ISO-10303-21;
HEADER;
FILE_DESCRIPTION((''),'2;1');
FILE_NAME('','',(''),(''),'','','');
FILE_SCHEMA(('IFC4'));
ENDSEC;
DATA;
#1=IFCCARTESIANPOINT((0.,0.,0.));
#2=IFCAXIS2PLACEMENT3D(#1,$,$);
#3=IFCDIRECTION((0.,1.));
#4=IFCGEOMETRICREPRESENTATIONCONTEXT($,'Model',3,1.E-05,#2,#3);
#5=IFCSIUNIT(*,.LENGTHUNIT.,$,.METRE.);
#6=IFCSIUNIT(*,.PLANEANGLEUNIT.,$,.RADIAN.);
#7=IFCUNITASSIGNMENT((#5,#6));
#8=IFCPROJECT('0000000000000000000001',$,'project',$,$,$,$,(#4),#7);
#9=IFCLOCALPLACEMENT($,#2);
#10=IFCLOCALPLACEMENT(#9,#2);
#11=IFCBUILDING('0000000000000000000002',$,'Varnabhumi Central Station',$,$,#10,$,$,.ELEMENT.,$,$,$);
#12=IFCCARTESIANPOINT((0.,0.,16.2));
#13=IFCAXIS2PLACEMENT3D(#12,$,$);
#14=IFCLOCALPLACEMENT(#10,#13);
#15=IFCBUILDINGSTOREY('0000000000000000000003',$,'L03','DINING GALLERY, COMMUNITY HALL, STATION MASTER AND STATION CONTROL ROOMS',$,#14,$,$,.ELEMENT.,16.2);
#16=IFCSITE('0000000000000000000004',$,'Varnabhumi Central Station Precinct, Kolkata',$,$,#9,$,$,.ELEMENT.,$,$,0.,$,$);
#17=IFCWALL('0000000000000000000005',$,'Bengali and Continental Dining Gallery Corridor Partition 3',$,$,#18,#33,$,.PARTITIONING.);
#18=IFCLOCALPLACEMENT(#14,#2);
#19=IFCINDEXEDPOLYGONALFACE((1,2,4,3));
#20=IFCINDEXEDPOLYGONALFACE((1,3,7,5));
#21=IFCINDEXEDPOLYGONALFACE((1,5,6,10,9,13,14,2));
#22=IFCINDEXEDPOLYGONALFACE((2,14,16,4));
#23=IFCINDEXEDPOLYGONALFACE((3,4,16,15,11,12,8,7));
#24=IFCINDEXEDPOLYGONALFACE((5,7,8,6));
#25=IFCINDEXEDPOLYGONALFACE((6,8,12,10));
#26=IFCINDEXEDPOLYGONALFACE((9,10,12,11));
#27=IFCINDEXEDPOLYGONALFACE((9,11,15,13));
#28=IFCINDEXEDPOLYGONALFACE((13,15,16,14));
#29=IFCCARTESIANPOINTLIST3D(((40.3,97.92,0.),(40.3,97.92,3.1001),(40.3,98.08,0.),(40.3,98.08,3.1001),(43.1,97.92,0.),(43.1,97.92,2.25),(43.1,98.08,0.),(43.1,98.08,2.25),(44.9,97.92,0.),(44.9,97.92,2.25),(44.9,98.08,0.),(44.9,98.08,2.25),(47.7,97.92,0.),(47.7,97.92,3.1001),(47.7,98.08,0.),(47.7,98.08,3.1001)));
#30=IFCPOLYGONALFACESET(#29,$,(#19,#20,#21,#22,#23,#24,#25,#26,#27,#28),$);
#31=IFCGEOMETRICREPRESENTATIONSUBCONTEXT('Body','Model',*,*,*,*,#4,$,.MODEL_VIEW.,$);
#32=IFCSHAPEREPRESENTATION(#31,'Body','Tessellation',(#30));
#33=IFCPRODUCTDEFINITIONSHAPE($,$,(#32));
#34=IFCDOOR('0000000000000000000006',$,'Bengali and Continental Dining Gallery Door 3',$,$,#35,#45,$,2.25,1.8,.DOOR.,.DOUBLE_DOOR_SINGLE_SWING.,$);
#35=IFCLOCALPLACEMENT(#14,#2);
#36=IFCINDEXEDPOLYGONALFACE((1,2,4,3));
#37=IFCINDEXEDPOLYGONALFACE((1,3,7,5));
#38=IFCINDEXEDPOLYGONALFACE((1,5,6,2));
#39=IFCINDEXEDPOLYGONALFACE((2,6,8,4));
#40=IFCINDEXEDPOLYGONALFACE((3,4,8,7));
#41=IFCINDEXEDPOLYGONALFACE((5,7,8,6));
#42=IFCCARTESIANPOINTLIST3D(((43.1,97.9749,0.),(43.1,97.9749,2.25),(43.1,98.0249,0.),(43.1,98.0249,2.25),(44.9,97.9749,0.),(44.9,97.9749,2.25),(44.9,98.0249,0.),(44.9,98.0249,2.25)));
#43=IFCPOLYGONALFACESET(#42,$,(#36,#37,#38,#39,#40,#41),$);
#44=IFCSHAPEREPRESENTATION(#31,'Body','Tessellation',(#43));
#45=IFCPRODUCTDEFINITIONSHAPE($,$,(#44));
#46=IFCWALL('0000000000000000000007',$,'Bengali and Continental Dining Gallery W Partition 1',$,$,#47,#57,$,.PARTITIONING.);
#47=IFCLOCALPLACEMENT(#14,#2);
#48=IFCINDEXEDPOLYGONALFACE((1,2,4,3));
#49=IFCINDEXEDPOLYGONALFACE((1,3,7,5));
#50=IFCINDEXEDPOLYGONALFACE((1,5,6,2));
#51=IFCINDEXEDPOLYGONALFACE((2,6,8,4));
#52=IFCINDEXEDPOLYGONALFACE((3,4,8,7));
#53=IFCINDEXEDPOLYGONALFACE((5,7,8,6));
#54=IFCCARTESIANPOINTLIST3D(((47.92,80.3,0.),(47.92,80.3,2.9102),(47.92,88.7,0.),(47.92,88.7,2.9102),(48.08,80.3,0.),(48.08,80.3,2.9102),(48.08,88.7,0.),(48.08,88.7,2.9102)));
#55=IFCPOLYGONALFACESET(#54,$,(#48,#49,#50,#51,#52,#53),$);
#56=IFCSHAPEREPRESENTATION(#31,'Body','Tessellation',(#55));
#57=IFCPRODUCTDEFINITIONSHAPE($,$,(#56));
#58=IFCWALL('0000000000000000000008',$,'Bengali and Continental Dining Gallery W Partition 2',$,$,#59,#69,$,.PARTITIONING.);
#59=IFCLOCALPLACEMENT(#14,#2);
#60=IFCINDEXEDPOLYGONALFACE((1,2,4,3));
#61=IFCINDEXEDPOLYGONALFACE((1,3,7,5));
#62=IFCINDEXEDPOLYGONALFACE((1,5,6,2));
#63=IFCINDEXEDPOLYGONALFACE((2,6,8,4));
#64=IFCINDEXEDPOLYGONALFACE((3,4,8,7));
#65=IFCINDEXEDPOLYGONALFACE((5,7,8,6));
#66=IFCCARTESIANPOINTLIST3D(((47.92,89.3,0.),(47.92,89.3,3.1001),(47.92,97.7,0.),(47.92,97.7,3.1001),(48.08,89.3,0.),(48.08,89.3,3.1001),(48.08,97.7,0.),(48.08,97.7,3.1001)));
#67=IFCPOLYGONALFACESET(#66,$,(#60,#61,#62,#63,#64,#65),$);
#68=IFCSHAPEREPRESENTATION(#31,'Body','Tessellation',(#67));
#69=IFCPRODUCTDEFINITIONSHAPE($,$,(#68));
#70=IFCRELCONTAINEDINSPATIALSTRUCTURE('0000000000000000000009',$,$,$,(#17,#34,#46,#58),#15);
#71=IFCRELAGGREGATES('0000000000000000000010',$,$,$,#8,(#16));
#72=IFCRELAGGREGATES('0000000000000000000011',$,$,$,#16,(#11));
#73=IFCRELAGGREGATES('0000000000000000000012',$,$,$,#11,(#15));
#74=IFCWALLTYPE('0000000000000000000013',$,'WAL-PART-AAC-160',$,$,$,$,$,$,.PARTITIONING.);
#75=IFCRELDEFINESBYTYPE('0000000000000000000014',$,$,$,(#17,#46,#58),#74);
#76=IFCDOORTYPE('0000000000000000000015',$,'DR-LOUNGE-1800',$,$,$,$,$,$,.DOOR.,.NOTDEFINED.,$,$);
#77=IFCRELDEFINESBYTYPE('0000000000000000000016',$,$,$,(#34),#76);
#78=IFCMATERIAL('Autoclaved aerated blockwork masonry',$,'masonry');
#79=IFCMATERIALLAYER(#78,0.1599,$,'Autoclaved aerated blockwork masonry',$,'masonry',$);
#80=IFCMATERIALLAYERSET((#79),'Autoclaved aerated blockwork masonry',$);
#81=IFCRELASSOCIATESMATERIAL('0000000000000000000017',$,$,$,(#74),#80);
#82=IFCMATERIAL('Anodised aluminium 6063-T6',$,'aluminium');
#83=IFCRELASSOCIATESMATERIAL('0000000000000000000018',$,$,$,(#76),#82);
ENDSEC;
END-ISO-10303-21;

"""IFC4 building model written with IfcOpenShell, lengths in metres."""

from ifc_helpers import new_model, si_unit, direction, frame, frame_2d, origin, place, context, subcontext, project, spatial, rectangle, extrude, material, layer, layer_set, type_object, element, fill, save


model = new_model("IFC4")

# Units and contexts
model_context = context("Model", 3, precision=1e-05, world=origin(), true_north=direction((0.0, 1.0)))
body_context = subcontext(model_context, "Body", "Model", "MODEL_VIEW")
ifc_project = project(units=[si_unit("LENGTHUNIT", "METRE"), si_unit("PLANEANGLEUNIT", "RADIAN")], contexts=[model_context])

# Site, building, storey
site_placement = place(None, origin())
site = spatial("IfcSite", under=ifc_project, at=site_placement, Name="Varnabhumi Central Station Precinct, Kolkata", CompositionType="ELEMENT", RefElevation=0.0)
building_placement = place(site_placement, origin())
building = spatial("IfcBuilding", under=site, at=building_placement, Name="Varnabhumi Central Station", CompositionType="ELEMENT")
storey_placement = place(building_placement, frame((0.0, 0.0, 16.2)))
storey = spatial("IfcBuildingStorey", under=building, at=storey_placement, Name="L03", Description="DINING GALLERY, COMMUNITY HALL, STATION MASTER AND STATION CONTROL ROOMS", CompositionType="ELEMENT", Elevation=16.2)

# Shared definitions
ifc_material_1 = material(Name="Anodised aluminium 6063-T6", Category="aluminium")

# Shared definitions
ifc_material_2 = material(Name="Autoclaved aerated blockwork masonry", Category="masonry")

# Wall, opening, door
ifc_layer_1 = layer(ifc_material_2, 0.1599, Name="Autoclaved aerated blockwork masonry", Category="masonry")
ifc_layer_set_1 = layer_set([ifc_layer_1], Name="Autoclaved aerated blockwork masonry")
wall_type_1 = type_object("IfcWallType", Name="WAL-PART-AAC-160", PredefinedType="PARTITIONING", material=ifc_layer_set_1)
wall_1_placement = place(storey_placement, frame((40.3, 98.0, 0.0), z_axis=(0.0, 0.0, 1.0), x_axis=(1.0, 0.0, 0.0)))
wall_1 = element("IfcWall", 1, at=wall_1_placement, inside=storey, type_object=wall_type_1, Name="Bengali and Continental Dining Gallery Corridor Partition 3", PredefinedType="PARTITIONING", context=body_context, shape_type="SweptSolid", body=[
    extrude(rectangle(XDim=7.3999, YDim=0.1599, at=frame_2d((3.7, 0.0))), origin(), (0.0, 0.0, 1.0), 3.1001),
])
opening_placement = place(wall_1_placement, frame((2.8, 0.0, 0.0)))
opening = element("IfcOpeningElement", 2, at=opening_placement, cuts=wall_1, PredefinedType="OPENING", context=body_context, shape_type="SweptSolid", body=[
    extrude(rectangle(XDim=1.8, YDim=2.25, at=frame_2d((0.8999, 1.125))), frame((0.0, 0.0898, 0.0), z_axis=(0.0, -1.0, 0.0), x_axis=(1.0, 0.0, 0.0)), (0.0, 0.0, 1.0), 0.1799),
])
door_type = type_object("IfcDoorType", Name="DR-LOUNGE-1800", OperationType="NOTDEFINED", PredefinedType="DOOR", material=ifc_material_1)
door_placement = place(opening_placement, origin())
door = element("IfcDoor", 3, at=door_placement, inside=storey, type_object=door_type, Name="Bengali and Continental Dining Gallery Door 3", OperationType="DOUBLE_DOOR_SINGLE_SWING", OverallHeight=2.25, OverallWidth=1.8, PredefinedType="DOOR", context=body_context, shape_type="SweptSolid", body=[
    extrude(rectangle(XDim=1.8, YDim=2.25, at=frame_2d((0.8999, 1.125))), frame((0.0, 0.0249, 0.0), z_axis=(0.0, -1.0, 0.0), x_axis=(1.0, 0.0, 0.0)), (0.0, 0.0, 1.0), 0.05),
])
fill(opening, door)

# Walls
wall_2_placement = place(storey_placement, frame((48.0, 80.3, 0.0), z_axis=(0.0, 0.0, 1.0), x_axis=(0.0, 1.0, 0.0)))
element("IfcWall", 4, at=wall_2_placement, inside=storey, type_object=wall_type_1, Name="Bengali and Continental Dining Gallery W Partition 1", PredefinedType="PARTITIONING", context=body_context, shape_type="SweptSolid", body=[
    extrude(rectangle(XDim=8.3999, YDim=0.1599, at=frame_2d((4.2, 0.0))), origin(), (0.0, 0.0, 1.0), 2.9102),
])
wall_3_placement = place(storey_placement, frame((48.0, 89.3, 0.0), z_axis=(0.0, 0.0, 1.0), x_axis=(0.0, 1.0, 0.0)))
element("IfcWall", 5, at=wall_3_placement, inside=storey, type_object=wall_type_1, Name="Bengali and Continental Dining Gallery W Partition 2", PredefinedType="PARTITIONING", context=body_context, shape_type="SweptSolid", body=[
    extrude(rectangle(XDim=8.3999, YDim=0.1599, at=frame_2d((4.2, 0.0))), origin(), (0.0, 0.0, 1.0), 3.1001),
])

save(model, "model.ifc")
